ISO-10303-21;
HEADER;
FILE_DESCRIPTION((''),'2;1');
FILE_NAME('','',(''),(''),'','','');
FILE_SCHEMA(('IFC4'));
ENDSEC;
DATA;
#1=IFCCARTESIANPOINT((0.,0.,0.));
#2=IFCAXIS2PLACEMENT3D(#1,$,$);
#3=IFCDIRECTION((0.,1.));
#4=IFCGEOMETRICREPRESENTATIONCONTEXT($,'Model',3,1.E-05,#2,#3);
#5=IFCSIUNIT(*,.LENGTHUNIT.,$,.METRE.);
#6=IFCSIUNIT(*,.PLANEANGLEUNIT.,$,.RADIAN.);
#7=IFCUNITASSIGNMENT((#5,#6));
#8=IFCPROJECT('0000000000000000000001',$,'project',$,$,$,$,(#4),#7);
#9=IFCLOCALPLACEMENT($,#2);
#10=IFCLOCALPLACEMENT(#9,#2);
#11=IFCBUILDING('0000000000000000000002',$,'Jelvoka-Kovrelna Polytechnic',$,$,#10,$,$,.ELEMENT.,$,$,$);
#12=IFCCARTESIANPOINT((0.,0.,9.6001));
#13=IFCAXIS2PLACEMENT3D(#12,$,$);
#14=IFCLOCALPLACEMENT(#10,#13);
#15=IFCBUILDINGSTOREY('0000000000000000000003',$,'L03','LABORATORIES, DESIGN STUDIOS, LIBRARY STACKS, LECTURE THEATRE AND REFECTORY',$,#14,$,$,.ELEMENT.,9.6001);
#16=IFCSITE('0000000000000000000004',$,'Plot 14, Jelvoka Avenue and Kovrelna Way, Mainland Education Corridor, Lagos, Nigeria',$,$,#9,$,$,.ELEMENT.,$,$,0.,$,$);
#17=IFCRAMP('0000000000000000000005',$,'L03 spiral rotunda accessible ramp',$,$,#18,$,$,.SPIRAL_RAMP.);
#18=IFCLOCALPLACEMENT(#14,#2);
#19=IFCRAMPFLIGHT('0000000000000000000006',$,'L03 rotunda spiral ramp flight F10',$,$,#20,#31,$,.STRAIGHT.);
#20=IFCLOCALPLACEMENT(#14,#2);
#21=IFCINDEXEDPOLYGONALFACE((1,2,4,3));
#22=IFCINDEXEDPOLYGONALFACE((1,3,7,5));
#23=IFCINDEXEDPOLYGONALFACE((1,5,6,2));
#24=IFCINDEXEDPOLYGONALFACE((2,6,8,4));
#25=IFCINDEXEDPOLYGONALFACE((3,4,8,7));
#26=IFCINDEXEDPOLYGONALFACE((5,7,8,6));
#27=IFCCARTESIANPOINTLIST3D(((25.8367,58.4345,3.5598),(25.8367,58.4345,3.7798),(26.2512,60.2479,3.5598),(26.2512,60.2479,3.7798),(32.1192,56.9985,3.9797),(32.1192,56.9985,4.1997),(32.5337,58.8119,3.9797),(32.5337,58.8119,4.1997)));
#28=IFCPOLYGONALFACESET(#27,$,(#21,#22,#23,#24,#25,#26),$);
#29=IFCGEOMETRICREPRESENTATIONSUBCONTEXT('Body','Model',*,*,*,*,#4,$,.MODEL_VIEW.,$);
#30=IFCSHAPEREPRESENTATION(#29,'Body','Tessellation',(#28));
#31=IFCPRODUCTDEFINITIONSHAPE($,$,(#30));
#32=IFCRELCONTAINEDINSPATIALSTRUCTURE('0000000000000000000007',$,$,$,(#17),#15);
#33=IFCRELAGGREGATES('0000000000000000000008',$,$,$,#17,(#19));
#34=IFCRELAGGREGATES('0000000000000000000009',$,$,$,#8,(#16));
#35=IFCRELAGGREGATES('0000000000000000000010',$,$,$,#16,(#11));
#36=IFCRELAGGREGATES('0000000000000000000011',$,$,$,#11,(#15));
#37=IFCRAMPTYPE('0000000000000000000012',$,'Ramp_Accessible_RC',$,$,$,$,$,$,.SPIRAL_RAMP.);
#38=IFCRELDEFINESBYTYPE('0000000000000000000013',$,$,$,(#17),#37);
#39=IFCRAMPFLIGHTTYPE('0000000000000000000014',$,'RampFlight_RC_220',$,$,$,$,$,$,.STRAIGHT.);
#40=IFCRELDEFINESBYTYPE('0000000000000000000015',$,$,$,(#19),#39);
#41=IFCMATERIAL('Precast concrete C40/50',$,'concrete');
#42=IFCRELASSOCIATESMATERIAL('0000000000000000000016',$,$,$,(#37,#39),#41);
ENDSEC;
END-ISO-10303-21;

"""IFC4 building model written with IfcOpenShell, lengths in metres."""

from ifc_helpers import new_model, si_unit, direction, frame, origin, place, context, subcontext, project, spatial, polyline, outline, extrude, material, type_object, element, aggregate, save


model = new_model("IFC4")

# Units and contexts
model_context = context("Model", 3, precision=1e-05, world=origin(), true_north=direction((0.0, 1.0)))
body_context = subcontext(model_context, "Body", "Model", "MODEL_VIEW")
ifc_project = project(units=[si_unit("LENGTHUNIT", "METRE"), si_unit("PLANEANGLEUNIT", "RADIAN")], contexts=[model_context])

# Site, building, storey
site_placement = place(None, origin())
site = spatial("IfcSite", under=ifc_project, at=site_placement, Name="Plot 14, Jelvoka Avenue and Kovrelna Way, Mainland Education Corridor, Lagos, Nigeria", CompositionType="ELEMENT", RefElevation=0.0)
building_placement = place(site_placement, origin())
building = spatial("IfcBuilding", under=site, at=building_placement, Name="Jelvoka-Kovrelna Polytechnic", CompositionType="ELEMENT")
storey_placement = place(building_placement, frame((0.0, 0.0, 9.6001)))
storey = spatial("IfcBuildingStorey", under=building, at=storey_placement, Name="L03", Description="LABORATORIES, DESIGN STUDIOS, LIBRARY STACKS, LECTURE THEATRE AND REFECTORY", CompositionType="ELEMENT", Elevation=9.6001)

# Ramp, ramp flight
ifc_material_1 = material(Name="Precast concrete C40/50", Category="concrete")
ramp_type = type_object("IfcRampType", Name="Ramp_Accessible_RC", PredefinedType="SPIRAL_RAMP", material=ifc_material_1)
ramp_placement = place(storey_placement, origin())
ramp = element("IfcRamp", 1, at=ramp_placement, inside=storey, type_object=ramp_type, Name="L03 spiral rotunda accessible ramp", PredefinedType="SPIRAL_RAMP")
ramp_flight_type = type_object("IfcRampFlightType", Name="RampFlight_RC_220", PredefinedType="STRAIGHT", material=ifc_material_1)
ramp_flight_placement = place(None, frame((26.0439, 59.3413, 13.3799), z_axis=(0.0, 0.0, 1.0), x_axis=(0.974859, -0.222821, 0.0)))
ramp_flight = element("IfcRampFlight", 2, at=ramp_flight_placement, type_object=ramp_flight_type, Name="L03 rotunda spiral ramp flight F10", PredefinedType="STRAIGHT", context=body_context, shape_type="SweptSolid", body=[
    extrude(outline(polyline([(0.0, 0.0), (6.4446, 0.4199), (6.4446, 0.2), (0.0, -0.22), (0.0, 0.0)])), frame((0.0, 0.9299, 0.0), z_axis=(0.0, -1.0, 0.0), x_axis=(1.0, 0.0, 0.0)), (0.0, 0.0, 1.0), 1.8601),
])
aggregate(ramp, [ramp_flight])

save(model, "model.ifc")
